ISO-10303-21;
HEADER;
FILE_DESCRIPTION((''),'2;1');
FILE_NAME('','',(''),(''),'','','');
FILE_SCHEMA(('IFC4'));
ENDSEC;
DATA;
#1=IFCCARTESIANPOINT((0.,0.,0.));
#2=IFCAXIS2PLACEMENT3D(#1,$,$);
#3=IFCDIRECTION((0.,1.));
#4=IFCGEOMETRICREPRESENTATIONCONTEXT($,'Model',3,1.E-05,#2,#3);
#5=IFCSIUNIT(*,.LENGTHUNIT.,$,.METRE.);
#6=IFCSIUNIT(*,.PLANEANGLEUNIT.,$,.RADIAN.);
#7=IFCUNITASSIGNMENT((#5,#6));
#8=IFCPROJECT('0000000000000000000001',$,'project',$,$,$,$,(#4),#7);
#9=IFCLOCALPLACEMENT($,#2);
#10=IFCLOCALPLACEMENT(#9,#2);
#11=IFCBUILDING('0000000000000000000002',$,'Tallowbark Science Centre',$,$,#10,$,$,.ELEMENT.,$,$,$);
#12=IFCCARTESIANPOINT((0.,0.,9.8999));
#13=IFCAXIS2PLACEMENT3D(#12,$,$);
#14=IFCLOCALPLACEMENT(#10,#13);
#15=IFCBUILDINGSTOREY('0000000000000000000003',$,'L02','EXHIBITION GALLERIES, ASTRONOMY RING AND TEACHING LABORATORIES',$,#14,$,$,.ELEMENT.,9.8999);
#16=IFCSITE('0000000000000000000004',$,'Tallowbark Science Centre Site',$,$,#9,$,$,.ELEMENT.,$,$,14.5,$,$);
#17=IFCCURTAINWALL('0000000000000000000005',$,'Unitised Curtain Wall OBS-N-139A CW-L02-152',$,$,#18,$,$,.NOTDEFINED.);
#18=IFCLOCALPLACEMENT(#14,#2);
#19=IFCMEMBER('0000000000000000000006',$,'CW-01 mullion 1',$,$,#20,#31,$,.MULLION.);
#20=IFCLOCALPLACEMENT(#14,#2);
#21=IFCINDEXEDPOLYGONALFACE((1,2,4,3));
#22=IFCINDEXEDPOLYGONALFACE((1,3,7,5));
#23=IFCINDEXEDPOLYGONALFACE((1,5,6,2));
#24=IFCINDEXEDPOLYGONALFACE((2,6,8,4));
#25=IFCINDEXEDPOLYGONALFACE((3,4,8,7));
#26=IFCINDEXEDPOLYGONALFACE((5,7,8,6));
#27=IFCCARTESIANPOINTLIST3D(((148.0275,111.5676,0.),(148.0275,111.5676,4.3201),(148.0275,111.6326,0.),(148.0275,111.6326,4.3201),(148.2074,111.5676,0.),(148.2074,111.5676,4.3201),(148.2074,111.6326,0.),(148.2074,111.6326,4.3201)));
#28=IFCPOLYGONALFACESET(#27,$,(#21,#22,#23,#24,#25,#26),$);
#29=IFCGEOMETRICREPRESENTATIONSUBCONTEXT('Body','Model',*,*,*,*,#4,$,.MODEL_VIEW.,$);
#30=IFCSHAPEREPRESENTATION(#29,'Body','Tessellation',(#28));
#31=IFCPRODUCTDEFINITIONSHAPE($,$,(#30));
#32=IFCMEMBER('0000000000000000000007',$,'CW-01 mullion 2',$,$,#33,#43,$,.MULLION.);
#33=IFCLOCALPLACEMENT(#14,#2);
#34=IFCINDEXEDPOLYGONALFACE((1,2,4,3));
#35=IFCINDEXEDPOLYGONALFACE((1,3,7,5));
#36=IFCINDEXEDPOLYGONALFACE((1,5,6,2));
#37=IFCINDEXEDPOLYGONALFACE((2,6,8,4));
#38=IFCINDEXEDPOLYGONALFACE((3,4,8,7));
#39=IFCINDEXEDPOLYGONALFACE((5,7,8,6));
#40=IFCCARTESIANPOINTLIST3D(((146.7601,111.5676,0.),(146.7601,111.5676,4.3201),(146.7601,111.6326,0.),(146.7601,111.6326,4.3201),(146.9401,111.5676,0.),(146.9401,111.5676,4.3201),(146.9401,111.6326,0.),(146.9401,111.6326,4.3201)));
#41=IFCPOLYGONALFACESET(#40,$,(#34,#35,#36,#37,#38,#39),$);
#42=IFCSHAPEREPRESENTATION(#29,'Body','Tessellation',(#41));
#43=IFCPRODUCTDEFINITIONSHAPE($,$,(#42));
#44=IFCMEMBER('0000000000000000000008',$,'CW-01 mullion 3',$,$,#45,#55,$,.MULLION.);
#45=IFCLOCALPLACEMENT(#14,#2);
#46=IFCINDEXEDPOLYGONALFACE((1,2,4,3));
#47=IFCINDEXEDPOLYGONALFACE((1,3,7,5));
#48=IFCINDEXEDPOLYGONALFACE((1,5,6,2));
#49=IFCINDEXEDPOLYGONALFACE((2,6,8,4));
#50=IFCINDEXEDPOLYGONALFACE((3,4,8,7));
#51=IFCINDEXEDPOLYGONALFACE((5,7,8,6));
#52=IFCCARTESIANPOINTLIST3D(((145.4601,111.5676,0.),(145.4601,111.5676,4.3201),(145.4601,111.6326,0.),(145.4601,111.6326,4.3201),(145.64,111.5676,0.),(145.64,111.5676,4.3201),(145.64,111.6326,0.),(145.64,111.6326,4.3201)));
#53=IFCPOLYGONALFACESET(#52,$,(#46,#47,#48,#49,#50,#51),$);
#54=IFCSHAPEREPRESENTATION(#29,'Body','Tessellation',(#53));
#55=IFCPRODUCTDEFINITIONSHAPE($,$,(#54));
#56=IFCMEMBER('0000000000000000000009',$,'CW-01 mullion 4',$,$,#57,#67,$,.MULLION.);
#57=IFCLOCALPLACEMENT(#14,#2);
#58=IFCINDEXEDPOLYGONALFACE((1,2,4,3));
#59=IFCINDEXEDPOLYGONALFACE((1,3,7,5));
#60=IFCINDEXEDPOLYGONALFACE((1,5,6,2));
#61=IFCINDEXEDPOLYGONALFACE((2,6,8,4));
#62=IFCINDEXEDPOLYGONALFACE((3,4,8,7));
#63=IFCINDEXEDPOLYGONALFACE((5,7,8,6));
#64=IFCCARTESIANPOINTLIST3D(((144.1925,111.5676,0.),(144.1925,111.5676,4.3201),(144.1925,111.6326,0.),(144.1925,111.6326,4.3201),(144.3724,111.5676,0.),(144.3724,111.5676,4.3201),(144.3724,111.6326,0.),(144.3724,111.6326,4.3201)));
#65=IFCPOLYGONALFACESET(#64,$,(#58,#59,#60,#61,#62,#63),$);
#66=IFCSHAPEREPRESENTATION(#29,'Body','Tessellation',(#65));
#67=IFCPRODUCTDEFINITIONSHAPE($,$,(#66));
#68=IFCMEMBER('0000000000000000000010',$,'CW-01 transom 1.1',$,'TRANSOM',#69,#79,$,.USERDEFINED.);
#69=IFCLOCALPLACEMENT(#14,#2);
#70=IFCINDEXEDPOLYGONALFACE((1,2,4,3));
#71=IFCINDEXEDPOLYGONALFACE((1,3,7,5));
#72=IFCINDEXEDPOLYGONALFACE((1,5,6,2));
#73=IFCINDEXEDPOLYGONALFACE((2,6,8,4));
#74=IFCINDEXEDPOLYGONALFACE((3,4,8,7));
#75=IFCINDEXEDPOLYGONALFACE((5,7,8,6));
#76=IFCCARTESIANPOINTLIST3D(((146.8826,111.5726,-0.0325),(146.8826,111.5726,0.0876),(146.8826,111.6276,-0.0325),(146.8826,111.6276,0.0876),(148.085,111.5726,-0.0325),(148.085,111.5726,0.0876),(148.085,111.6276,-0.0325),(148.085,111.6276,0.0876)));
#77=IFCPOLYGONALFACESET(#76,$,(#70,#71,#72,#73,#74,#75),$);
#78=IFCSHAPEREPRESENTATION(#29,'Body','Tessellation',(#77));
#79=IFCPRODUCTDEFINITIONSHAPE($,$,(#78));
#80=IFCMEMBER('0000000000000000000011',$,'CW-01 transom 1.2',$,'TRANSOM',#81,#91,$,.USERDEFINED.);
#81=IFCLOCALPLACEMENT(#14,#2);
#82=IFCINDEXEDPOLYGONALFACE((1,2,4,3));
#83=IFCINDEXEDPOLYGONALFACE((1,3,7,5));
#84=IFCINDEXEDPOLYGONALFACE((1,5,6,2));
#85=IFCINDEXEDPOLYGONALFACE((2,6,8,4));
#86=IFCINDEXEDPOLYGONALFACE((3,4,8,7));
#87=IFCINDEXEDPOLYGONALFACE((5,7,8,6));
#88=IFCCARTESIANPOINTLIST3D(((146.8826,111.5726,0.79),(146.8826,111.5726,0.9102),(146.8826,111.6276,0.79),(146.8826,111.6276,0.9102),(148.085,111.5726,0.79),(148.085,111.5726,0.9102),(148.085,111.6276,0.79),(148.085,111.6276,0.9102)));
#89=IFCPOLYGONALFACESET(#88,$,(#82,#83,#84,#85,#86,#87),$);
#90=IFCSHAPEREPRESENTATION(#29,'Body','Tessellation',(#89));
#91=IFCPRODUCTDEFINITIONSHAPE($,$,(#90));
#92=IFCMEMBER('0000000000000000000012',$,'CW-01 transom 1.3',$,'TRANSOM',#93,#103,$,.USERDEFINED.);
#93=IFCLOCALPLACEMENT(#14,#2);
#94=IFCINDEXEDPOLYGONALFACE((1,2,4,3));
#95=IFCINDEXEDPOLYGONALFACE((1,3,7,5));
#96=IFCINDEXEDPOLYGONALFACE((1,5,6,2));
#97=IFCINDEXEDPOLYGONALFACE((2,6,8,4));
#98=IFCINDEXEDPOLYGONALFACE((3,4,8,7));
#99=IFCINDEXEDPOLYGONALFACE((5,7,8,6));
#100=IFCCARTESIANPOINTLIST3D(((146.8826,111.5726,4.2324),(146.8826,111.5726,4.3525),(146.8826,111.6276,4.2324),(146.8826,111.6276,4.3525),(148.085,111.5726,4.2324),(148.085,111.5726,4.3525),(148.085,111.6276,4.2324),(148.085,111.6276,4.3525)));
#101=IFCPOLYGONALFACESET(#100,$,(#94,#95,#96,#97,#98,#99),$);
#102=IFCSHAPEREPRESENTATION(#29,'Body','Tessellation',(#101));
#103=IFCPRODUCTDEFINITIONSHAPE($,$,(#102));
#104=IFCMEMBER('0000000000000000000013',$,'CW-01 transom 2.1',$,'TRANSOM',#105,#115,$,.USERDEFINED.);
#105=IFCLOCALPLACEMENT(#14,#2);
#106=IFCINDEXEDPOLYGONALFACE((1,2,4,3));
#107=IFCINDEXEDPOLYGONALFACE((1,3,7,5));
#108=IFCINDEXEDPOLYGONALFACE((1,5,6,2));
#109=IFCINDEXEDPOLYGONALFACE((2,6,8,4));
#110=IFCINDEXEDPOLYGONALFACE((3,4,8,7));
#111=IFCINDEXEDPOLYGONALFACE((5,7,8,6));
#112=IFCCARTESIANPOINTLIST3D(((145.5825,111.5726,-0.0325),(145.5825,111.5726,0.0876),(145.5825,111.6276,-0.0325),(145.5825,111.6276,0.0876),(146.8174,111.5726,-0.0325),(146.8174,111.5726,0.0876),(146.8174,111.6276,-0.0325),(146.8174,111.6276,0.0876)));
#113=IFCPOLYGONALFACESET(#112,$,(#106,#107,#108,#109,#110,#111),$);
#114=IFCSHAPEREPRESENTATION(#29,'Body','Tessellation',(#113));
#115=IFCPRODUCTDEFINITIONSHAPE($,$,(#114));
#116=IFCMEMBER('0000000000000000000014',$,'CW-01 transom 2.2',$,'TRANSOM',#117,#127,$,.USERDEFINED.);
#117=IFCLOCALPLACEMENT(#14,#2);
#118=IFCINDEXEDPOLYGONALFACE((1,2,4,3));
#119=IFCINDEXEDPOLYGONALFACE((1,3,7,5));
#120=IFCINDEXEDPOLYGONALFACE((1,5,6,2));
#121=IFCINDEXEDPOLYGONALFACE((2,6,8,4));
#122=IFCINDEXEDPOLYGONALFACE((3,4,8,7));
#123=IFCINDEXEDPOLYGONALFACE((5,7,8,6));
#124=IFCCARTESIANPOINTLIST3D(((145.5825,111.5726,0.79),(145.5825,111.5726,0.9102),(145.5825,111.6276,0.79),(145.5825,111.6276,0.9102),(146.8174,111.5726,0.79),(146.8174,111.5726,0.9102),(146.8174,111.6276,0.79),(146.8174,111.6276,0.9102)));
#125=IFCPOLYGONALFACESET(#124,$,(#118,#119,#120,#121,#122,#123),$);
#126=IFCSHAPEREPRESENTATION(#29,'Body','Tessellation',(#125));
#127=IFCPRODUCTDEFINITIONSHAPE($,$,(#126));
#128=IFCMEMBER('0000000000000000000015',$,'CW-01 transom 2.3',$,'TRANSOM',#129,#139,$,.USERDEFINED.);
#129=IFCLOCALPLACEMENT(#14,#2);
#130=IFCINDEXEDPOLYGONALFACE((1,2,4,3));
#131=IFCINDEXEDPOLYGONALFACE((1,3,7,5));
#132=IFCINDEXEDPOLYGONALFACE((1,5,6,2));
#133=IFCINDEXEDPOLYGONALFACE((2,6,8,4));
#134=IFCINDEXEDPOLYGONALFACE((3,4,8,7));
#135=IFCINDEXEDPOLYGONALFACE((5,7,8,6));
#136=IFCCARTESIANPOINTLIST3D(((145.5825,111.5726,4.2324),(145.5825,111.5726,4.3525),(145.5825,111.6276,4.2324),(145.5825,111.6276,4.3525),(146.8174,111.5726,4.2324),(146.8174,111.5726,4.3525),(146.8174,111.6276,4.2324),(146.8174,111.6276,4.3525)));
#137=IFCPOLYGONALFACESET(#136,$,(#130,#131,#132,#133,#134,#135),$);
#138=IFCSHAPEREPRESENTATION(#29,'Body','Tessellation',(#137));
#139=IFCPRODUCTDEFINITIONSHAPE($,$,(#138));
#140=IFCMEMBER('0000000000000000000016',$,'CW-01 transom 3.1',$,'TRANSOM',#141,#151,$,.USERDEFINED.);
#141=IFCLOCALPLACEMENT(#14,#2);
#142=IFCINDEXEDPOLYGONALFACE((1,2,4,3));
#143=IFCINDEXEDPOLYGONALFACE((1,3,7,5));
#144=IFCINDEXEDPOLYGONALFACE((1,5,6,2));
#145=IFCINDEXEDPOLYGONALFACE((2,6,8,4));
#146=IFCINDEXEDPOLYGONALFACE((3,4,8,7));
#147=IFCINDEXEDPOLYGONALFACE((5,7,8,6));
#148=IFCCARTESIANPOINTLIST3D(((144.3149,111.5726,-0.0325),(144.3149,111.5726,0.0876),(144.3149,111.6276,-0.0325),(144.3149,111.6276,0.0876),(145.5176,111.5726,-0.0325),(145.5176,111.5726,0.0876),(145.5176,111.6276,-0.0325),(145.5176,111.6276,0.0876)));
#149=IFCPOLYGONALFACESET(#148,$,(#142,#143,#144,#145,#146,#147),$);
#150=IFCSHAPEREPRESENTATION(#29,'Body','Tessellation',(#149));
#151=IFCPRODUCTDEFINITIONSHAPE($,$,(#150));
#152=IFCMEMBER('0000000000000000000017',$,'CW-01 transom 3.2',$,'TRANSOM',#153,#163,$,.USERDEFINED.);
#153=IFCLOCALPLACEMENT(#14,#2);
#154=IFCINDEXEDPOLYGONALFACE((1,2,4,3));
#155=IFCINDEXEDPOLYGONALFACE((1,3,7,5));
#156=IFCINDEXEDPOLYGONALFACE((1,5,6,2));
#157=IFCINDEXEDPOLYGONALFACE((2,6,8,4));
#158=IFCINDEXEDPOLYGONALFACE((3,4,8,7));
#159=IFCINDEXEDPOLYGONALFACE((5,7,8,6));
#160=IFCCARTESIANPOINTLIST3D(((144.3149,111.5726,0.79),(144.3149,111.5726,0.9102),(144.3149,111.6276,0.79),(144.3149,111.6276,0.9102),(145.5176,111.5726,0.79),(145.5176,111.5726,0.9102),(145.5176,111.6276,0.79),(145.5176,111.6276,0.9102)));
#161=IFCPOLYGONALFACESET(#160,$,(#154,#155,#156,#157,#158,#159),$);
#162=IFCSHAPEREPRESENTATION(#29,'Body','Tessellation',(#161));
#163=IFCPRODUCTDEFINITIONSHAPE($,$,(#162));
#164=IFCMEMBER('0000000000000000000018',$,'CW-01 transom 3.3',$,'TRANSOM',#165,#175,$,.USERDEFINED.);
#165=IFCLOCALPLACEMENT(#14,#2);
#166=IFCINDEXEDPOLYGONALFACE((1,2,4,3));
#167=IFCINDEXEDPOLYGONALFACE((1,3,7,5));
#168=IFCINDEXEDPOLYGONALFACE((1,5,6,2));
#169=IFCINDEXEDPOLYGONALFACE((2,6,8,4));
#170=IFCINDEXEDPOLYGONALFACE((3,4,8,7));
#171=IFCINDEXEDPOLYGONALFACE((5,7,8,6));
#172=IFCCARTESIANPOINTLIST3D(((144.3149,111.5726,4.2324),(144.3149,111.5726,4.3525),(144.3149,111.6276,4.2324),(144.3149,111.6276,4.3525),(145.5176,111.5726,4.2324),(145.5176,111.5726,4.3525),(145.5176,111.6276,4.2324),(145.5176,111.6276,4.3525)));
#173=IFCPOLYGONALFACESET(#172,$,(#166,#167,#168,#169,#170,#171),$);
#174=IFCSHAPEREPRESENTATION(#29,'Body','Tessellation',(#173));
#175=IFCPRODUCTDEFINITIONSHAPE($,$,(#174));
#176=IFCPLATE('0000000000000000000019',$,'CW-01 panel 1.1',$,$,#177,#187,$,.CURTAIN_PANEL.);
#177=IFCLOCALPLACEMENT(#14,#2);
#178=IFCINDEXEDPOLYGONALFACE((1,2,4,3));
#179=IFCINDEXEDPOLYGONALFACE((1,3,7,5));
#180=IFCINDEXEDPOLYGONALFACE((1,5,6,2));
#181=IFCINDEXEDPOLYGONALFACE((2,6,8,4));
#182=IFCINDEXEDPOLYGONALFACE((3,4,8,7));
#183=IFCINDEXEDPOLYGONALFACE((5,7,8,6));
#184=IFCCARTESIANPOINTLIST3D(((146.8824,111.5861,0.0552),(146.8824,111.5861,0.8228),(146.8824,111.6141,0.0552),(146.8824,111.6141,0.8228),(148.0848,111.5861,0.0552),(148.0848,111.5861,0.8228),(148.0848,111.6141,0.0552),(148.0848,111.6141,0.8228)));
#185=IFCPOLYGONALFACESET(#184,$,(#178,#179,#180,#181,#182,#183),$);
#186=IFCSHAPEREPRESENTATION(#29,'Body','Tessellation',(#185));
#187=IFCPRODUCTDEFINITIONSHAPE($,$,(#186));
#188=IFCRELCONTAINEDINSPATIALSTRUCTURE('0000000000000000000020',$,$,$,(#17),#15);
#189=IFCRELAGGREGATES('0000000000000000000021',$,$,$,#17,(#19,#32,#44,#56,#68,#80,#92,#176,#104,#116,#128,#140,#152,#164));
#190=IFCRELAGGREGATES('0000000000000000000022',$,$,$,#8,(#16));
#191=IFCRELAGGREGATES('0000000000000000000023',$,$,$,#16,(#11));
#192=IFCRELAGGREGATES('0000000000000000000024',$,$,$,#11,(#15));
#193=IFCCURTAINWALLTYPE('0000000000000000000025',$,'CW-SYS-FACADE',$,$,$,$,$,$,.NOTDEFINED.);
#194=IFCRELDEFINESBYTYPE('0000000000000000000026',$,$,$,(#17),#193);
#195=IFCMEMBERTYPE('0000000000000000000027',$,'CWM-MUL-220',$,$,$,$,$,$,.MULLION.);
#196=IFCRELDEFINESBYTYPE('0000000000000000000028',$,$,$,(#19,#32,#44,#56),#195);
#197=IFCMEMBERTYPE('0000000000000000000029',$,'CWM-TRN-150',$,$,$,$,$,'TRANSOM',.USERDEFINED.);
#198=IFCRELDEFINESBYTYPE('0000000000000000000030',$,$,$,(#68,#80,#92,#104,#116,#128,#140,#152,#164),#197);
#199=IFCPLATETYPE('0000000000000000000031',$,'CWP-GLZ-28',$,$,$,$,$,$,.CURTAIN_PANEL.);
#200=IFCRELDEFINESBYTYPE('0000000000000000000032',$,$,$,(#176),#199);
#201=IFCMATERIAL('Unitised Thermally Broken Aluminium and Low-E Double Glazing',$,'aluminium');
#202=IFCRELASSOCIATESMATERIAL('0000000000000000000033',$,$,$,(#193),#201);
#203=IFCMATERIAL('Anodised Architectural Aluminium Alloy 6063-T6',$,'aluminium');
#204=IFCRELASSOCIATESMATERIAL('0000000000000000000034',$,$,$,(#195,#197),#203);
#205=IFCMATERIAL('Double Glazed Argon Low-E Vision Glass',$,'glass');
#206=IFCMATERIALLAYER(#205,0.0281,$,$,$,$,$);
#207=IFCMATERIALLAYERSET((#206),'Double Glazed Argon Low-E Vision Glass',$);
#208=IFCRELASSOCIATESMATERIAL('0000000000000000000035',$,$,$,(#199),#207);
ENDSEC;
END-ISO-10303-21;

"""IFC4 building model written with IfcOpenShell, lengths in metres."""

from ifc_helpers import new_model, si_unit, direction, frame, origin, origin_2d, place, context, subcontext, project, spatial, rectangle, extrude, material, layer, layer_set, material_profile, profile_set, type_object, element, aggregate, save


model = new_model("IFC4")

# Units and contexts
model_context = context("Model", 3, precision=1e-05, world=origin(), true_north=direction((0.0, 1.0)))
body_context = subcontext(model_context, "Body", "Model", "MODEL_VIEW")
ifc_project = project(units=[si_unit("LENGTHUNIT", "METRE"), si_unit("PLANEANGLEUNIT", "RADIAN")], contexts=[model_context])

# Site, building, storey
site_placement = place(None, origin())
site = spatial("IfcSite", under=ifc_project, at=site_placement, Name="Tallowbark Science Centre Site", CompositionType="ELEMENT", RefElevation=14.5)
building_placement = place(site_placement, origin())
building = spatial("IfcBuilding", under=site, at=building_placement, Name="Tallowbark Science Centre", CompositionType="ELEMENT")
storey_placement = place(building_placement, frame((0.0, 0.0, 9.8999)))
storey = spatial("IfcBuildingStorey", under=building, at=storey_placement, Name="L02", Description="EXHIBITION GALLERIES, ASTRONOMY RING AND TEACHING LABORATORIES", CompositionType="ELEMENT", Elevation=9.8999)

# Curtain wall, members, plate
ifc_material_1 = material(Name="Unitised Thermally Broken Aluminium and Low-E Double Glazing", Category="aluminium")
curtain_wall_type = type_object("IfcCurtainWallType", Name="CW-SYS-FACADE", PredefinedType="NOTDEFINED", material=ifc_material_1)
curtain_wall_placement = place(storey_placement, origin())
curtain_wall = element("IfcCurtainWall", 1, at=curtain_wall_placement, inside=storey, type_object=curtain_wall_type, Name="Unitised Curtain Wall OBS-N-139A CW-L02-152", PredefinedType="NOTDEFINED")
ifc_material_2 = material(Name="Anodised Architectural Aluminium Alloy 6063-T6", Category="aluminium")
ifc_material_profile_1 = material_profile(ifc_material_2, rectangle(XDim=0.0649, YDim=0.1799, at=origin_2d()), Name="ALU65x180")
ifc_profile_set_1 = profile_set([ifc_material_profile_1], Name="Anodised Architectural Aluminium Alloy 6063-T6")
member_type_1 = type_object("IfcMemberType", Name="CWM-MUL-220", PredefinedType="MULLION", material=ifc_profile_set_1)
member_1_placement = place(storey_placement, frame((148.1174, 111.6001, 0.0), z_axis=(0.0, 0.0, 1.0), x_axis=(0.0, -1.0, 0.0)))
member_1 = element("IfcMember", 2, at=member_1_placement, type_object=member_type_1, Name="CW-01 mullion 1", PredefinedType="MULLION", context=body_context, shape_type="SweptSolid", body=[
    extrude(rectangle(XDim=0.0649, YDim=0.1799, at=origin_2d()), origin(), (0.0, 0.0, 1.0), 4.3201),
])
member_2_placement = place(storey_placement, frame((146.8501, 111.6001, 0.0), z_axis=(0.0, 0.0, 1.0), x_axis=(0.0, -1.0, 0.0)))
member_2 = element("IfcMember", 3, at=member_2_placement, type_object=member_type_1, Name="CW-01 mullion 2", PredefinedType="MULLION", context=body_context, shape_type="SweptSolid", body=[
    extrude(rectangle(XDim=0.0649, YDim=0.1799, at=origin_2d()), origin(), (0.0, 0.0, 1.0), 4.3201),
])
member_3_placement = place(storey_placement, frame((145.55, 111.6001, 0.0), z_axis=(0.0, 0.0, 1.0), x_axis=(0.0, -1.0, 0.0)))
member_3 = element("IfcMember", 4, at=member_3_placement, type_object=member_type_1, Name="CW-01 mullion 3", PredefinedType="MULLION", context=body_context, shape_type="SweptSolid", body=[
    extrude(rectangle(XDim=0.0649, YDim=0.1799, at=origin_2d()), origin(), (0.0, 0.0, 1.0), 4.3201),
])
member_4_placement = place(storey_placement, frame((144.2825, 111.6001, 0.0), z_axis=(0.0, 0.0, 1.0), x_axis=(0.0, -1.0, 0.0)))
member_4 = element("IfcMember", 5, at=member_4_placement, type_object=member_type_1, Name="CW-01 mullion 4", PredefinedType="MULLION", context=body_context, shape_type="SweptSolid", body=[
    extrude(rectangle(XDim=0.0649, YDim=0.1799, at=origin_2d()), origin(), (0.0, 0.0, 1.0), 4.3201),
])
ifc_material_profile_2 = material_profile(ifc_material_2, rectangle(XDim=0.0549, YDim=0.1201, at=origin_2d()), Name="ALU55x120")
ifc_profile_set_2 = profile_set([ifc_material_profile_2], Name="Anodised Architectural Aluminium Alloy 6063-T6")
member_type_2 = type_object("IfcMemberType", Name="CWM-TRN-150", ElementType="TRANSOM", PredefinedType="USERDEFINED", material=ifc_profile_set_2)
member_5_placement = place(storey_placement, frame((148.085, 111.6001, 0.0276), z_axis=(-1.0, 0.0, 0.0), x_axis=(0.0, -1.0, 0.0)))
member_5 = element("IfcMember", 6, at=member_5_placement, type_object=member_type_2, Name="CW-01 transom 1.1", ObjectType="TRANSOM", PredefinedType="USERDEFINED", context=body_context, shape_type="SweptSolid", body=[
    extrude(rectangle(XDim=0.0549, YDim=0.1201, at=origin_2d()), origin(), (0.0, 0.0, 1.0), 1.2024),
])
member_6_placement = place(storey_placement, frame((148.085, 111.6001, 0.8501), z_axis=(-1.0, 0.0, 0.0), x_axis=(0.0, -1.0, 0.0)))
member_6 = element("IfcMember", 7, at=member_6_placement, type_object=member_type_2, Name="CW-01 transom 1.2", ObjectType="TRANSOM", PredefinedType="USERDEFINED", context=body_context, shape_type="SweptSolid", body=[
    extrude(rectangle(XDim=0.0549, YDim=0.1201, at=origin_2d()), origin(), (0.0, 0.0, 1.0), 1.2024),
])
member_7_placement = place(storey_placement, frame((148.085, 111.6001, 4.2925), z_axis=(-1.0, 0.0, 0.0), x_axis=(0.0, -1.0, 0.0)))
member_7 = element("IfcMember", 8, at=member_7_placement, type_object=member_type_2, Name="CW-01 transom 1.3", ObjectType="TRANSOM", PredefinedType="USERDEFINED", context=body_context, shape_type="SweptSolid", body=[
    extrude(rectangle(XDim=0.0549, YDim=0.1201, at=origin_2d()), origin(), (0.0, 0.0, 1.0), 1.2024),
])
member_8_placement = place(storey_placement, frame((146.8174, 111.6001, 0.0276), z_axis=(-1.0, 0.0, 0.0), x_axis=(0.0, -1.0, 0.0)))
member_8 = element("IfcMember", 9, at=member_8_placement, type_object=member_type_2, Name="CW-01 transom 2.1", ObjectType="TRANSOM", PredefinedType="USERDEFINED", context=body_context, shape_type="SweptSolid", body=[
    extrude(rectangle(XDim=0.0549, YDim=0.1201, at=origin_2d()), origin(), (0.0, 0.0, 1.0), 1.2349),
])
member_9_placement = place(storey_placement, frame((146.8174, 111.6001, 0.8501), z_axis=(-1.0, 0.0, 0.0), x_axis=(0.0, -1.0, 0.0)))
member_9 = element("IfcMember", 10, at=member_9_placement, type_object=member_type_2, Name="CW-01 transom 2.2", ObjectType="TRANSOM", PredefinedType="USERDEFINED", context=body_context, shape_type="SweptSolid", body=[
    extrude(rectangle(XDim=0.0549, YDim=0.1201, at=origin_2d()), origin(), (0.0, 0.0, 1.0), 1.2349),
])
member_10_placement = place(storey_placement, frame((146.8174, 111.6001, 4.2925), z_axis=(-1.0, 0.0, 0.0), x_axis=(0.0, -1.0, 0.0)))
member_10 = element("IfcMember", 11, at=member_10_placement, type_object=member_type_2, Name="CW-01 transom 2.3", ObjectType="TRANSOM", PredefinedType="USERDEFINED", context=body_context, shape_type="SweptSolid", body=[
    extrude(rectangle(XDim=0.0549, YDim=0.1201, at=origin_2d()), origin(), (0.0, 0.0, 1.0), 1.2349),
])
member_11_placement = place(storey_placement, frame((145.5176, 111.6001, 0.0276), z_axis=(-1.0, 0.0, 0.0), x_axis=(0.0, -1.0, 0.0)))
member_11 = element("IfcMember", 12, at=member_11_placement, type_object=member_type_2, Name="CW-01 transom 3.1", ObjectType="TRANSOM", PredefinedType="USERDEFINED", context=body_context, shape_type="SweptSolid", body=[
    extrude(rectangle(XDim=0.0549, YDim=0.1201, at=origin_2d()), origin(), (0.0, 0.0, 1.0), 1.2026),
])
member_12_placement = place(storey_placement, frame((145.5176, 111.6001, 0.8501), z_axis=(-1.0, 0.0, 0.0), x_axis=(0.0, -1.0, 0.0)))
member_12 = element("IfcMember", 13, at=member_12_placement, type_object=member_type_2, Name="CW-01 transom 3.2", ObjectType="TRANSOM", PredefinedType="USERDEFINED", context=body_context, shape_type="SweptSolid", body=[
    extrude(rectangle(XDim=0.0549, YDim=0.1201, at=origin_2d()), origin(), (0.0, 0.0, 1.0), 1.2026),
])
member_13_placement = place(storey_placement, frame((145.5176, 111.6001, 4.2925), z_axis=(-1.0, 0.0, 0.0), x_axis=(0.0, -1.0, 0.0)))
member_13 = element("IfcMember", 14, at=member_13_placement, type_object=member_type_2, Name="CW-01 transom 3.3", ObjectType="TRANSOM", PredefinedType="USERDEFINED", context=body_context, shape_type="SweptSolid", body=[
    extrude(rectangle(XDim=0.0549, YDim=0.1201, at=origin_2d()), origin(), (0.0, 0.0, 1.0), 1.2026),
])
ifc_material_3 = material(Name="Double Glazed Argon Low-E Vision Glass", Category="glass")
ifc_layer_1 = layer(ifc_material_3, 0.0281)
ifc_layer_set_1 = layer_set([ifc_layer_1], Name="Double Glazed Argon Low-E Vision Glass")
plate_type = type_object("IfcPlateType", Name="CWP-GLZ-28", PredefinedType="CURTAIN_PANEL", material=ifc_layer_set_1)
plate_1_placement = place(storey_placement, frame((147.4836, 111.6001, 0.0552), z_axis=(0.0, 0.0, 1.0), x_axis=(-1.0, 0.0, 0.0)))
plate_1 = element("IfcPlate", 15, at=plate_1_placement, type_object=plate_type, Name="CW-01 panel 1.1", PredefinedType="CURTAIN_PANEL", context=body_context, shape_type="SweptSolid", body=[
    extrude(rectangle(XDim=1.2024, YDim=0.0281, at=origin_2d()), origin(), (0.0, 0.0, 1.0), 0.7676),
])
aggregate(curtain_wall, [member_1, member_2, member_3, member_4, member_5, member_6, member_7, plate_1, member_8, member_9, member_10, member_11, member_12, member_13])

save(model, "model.ifc")
